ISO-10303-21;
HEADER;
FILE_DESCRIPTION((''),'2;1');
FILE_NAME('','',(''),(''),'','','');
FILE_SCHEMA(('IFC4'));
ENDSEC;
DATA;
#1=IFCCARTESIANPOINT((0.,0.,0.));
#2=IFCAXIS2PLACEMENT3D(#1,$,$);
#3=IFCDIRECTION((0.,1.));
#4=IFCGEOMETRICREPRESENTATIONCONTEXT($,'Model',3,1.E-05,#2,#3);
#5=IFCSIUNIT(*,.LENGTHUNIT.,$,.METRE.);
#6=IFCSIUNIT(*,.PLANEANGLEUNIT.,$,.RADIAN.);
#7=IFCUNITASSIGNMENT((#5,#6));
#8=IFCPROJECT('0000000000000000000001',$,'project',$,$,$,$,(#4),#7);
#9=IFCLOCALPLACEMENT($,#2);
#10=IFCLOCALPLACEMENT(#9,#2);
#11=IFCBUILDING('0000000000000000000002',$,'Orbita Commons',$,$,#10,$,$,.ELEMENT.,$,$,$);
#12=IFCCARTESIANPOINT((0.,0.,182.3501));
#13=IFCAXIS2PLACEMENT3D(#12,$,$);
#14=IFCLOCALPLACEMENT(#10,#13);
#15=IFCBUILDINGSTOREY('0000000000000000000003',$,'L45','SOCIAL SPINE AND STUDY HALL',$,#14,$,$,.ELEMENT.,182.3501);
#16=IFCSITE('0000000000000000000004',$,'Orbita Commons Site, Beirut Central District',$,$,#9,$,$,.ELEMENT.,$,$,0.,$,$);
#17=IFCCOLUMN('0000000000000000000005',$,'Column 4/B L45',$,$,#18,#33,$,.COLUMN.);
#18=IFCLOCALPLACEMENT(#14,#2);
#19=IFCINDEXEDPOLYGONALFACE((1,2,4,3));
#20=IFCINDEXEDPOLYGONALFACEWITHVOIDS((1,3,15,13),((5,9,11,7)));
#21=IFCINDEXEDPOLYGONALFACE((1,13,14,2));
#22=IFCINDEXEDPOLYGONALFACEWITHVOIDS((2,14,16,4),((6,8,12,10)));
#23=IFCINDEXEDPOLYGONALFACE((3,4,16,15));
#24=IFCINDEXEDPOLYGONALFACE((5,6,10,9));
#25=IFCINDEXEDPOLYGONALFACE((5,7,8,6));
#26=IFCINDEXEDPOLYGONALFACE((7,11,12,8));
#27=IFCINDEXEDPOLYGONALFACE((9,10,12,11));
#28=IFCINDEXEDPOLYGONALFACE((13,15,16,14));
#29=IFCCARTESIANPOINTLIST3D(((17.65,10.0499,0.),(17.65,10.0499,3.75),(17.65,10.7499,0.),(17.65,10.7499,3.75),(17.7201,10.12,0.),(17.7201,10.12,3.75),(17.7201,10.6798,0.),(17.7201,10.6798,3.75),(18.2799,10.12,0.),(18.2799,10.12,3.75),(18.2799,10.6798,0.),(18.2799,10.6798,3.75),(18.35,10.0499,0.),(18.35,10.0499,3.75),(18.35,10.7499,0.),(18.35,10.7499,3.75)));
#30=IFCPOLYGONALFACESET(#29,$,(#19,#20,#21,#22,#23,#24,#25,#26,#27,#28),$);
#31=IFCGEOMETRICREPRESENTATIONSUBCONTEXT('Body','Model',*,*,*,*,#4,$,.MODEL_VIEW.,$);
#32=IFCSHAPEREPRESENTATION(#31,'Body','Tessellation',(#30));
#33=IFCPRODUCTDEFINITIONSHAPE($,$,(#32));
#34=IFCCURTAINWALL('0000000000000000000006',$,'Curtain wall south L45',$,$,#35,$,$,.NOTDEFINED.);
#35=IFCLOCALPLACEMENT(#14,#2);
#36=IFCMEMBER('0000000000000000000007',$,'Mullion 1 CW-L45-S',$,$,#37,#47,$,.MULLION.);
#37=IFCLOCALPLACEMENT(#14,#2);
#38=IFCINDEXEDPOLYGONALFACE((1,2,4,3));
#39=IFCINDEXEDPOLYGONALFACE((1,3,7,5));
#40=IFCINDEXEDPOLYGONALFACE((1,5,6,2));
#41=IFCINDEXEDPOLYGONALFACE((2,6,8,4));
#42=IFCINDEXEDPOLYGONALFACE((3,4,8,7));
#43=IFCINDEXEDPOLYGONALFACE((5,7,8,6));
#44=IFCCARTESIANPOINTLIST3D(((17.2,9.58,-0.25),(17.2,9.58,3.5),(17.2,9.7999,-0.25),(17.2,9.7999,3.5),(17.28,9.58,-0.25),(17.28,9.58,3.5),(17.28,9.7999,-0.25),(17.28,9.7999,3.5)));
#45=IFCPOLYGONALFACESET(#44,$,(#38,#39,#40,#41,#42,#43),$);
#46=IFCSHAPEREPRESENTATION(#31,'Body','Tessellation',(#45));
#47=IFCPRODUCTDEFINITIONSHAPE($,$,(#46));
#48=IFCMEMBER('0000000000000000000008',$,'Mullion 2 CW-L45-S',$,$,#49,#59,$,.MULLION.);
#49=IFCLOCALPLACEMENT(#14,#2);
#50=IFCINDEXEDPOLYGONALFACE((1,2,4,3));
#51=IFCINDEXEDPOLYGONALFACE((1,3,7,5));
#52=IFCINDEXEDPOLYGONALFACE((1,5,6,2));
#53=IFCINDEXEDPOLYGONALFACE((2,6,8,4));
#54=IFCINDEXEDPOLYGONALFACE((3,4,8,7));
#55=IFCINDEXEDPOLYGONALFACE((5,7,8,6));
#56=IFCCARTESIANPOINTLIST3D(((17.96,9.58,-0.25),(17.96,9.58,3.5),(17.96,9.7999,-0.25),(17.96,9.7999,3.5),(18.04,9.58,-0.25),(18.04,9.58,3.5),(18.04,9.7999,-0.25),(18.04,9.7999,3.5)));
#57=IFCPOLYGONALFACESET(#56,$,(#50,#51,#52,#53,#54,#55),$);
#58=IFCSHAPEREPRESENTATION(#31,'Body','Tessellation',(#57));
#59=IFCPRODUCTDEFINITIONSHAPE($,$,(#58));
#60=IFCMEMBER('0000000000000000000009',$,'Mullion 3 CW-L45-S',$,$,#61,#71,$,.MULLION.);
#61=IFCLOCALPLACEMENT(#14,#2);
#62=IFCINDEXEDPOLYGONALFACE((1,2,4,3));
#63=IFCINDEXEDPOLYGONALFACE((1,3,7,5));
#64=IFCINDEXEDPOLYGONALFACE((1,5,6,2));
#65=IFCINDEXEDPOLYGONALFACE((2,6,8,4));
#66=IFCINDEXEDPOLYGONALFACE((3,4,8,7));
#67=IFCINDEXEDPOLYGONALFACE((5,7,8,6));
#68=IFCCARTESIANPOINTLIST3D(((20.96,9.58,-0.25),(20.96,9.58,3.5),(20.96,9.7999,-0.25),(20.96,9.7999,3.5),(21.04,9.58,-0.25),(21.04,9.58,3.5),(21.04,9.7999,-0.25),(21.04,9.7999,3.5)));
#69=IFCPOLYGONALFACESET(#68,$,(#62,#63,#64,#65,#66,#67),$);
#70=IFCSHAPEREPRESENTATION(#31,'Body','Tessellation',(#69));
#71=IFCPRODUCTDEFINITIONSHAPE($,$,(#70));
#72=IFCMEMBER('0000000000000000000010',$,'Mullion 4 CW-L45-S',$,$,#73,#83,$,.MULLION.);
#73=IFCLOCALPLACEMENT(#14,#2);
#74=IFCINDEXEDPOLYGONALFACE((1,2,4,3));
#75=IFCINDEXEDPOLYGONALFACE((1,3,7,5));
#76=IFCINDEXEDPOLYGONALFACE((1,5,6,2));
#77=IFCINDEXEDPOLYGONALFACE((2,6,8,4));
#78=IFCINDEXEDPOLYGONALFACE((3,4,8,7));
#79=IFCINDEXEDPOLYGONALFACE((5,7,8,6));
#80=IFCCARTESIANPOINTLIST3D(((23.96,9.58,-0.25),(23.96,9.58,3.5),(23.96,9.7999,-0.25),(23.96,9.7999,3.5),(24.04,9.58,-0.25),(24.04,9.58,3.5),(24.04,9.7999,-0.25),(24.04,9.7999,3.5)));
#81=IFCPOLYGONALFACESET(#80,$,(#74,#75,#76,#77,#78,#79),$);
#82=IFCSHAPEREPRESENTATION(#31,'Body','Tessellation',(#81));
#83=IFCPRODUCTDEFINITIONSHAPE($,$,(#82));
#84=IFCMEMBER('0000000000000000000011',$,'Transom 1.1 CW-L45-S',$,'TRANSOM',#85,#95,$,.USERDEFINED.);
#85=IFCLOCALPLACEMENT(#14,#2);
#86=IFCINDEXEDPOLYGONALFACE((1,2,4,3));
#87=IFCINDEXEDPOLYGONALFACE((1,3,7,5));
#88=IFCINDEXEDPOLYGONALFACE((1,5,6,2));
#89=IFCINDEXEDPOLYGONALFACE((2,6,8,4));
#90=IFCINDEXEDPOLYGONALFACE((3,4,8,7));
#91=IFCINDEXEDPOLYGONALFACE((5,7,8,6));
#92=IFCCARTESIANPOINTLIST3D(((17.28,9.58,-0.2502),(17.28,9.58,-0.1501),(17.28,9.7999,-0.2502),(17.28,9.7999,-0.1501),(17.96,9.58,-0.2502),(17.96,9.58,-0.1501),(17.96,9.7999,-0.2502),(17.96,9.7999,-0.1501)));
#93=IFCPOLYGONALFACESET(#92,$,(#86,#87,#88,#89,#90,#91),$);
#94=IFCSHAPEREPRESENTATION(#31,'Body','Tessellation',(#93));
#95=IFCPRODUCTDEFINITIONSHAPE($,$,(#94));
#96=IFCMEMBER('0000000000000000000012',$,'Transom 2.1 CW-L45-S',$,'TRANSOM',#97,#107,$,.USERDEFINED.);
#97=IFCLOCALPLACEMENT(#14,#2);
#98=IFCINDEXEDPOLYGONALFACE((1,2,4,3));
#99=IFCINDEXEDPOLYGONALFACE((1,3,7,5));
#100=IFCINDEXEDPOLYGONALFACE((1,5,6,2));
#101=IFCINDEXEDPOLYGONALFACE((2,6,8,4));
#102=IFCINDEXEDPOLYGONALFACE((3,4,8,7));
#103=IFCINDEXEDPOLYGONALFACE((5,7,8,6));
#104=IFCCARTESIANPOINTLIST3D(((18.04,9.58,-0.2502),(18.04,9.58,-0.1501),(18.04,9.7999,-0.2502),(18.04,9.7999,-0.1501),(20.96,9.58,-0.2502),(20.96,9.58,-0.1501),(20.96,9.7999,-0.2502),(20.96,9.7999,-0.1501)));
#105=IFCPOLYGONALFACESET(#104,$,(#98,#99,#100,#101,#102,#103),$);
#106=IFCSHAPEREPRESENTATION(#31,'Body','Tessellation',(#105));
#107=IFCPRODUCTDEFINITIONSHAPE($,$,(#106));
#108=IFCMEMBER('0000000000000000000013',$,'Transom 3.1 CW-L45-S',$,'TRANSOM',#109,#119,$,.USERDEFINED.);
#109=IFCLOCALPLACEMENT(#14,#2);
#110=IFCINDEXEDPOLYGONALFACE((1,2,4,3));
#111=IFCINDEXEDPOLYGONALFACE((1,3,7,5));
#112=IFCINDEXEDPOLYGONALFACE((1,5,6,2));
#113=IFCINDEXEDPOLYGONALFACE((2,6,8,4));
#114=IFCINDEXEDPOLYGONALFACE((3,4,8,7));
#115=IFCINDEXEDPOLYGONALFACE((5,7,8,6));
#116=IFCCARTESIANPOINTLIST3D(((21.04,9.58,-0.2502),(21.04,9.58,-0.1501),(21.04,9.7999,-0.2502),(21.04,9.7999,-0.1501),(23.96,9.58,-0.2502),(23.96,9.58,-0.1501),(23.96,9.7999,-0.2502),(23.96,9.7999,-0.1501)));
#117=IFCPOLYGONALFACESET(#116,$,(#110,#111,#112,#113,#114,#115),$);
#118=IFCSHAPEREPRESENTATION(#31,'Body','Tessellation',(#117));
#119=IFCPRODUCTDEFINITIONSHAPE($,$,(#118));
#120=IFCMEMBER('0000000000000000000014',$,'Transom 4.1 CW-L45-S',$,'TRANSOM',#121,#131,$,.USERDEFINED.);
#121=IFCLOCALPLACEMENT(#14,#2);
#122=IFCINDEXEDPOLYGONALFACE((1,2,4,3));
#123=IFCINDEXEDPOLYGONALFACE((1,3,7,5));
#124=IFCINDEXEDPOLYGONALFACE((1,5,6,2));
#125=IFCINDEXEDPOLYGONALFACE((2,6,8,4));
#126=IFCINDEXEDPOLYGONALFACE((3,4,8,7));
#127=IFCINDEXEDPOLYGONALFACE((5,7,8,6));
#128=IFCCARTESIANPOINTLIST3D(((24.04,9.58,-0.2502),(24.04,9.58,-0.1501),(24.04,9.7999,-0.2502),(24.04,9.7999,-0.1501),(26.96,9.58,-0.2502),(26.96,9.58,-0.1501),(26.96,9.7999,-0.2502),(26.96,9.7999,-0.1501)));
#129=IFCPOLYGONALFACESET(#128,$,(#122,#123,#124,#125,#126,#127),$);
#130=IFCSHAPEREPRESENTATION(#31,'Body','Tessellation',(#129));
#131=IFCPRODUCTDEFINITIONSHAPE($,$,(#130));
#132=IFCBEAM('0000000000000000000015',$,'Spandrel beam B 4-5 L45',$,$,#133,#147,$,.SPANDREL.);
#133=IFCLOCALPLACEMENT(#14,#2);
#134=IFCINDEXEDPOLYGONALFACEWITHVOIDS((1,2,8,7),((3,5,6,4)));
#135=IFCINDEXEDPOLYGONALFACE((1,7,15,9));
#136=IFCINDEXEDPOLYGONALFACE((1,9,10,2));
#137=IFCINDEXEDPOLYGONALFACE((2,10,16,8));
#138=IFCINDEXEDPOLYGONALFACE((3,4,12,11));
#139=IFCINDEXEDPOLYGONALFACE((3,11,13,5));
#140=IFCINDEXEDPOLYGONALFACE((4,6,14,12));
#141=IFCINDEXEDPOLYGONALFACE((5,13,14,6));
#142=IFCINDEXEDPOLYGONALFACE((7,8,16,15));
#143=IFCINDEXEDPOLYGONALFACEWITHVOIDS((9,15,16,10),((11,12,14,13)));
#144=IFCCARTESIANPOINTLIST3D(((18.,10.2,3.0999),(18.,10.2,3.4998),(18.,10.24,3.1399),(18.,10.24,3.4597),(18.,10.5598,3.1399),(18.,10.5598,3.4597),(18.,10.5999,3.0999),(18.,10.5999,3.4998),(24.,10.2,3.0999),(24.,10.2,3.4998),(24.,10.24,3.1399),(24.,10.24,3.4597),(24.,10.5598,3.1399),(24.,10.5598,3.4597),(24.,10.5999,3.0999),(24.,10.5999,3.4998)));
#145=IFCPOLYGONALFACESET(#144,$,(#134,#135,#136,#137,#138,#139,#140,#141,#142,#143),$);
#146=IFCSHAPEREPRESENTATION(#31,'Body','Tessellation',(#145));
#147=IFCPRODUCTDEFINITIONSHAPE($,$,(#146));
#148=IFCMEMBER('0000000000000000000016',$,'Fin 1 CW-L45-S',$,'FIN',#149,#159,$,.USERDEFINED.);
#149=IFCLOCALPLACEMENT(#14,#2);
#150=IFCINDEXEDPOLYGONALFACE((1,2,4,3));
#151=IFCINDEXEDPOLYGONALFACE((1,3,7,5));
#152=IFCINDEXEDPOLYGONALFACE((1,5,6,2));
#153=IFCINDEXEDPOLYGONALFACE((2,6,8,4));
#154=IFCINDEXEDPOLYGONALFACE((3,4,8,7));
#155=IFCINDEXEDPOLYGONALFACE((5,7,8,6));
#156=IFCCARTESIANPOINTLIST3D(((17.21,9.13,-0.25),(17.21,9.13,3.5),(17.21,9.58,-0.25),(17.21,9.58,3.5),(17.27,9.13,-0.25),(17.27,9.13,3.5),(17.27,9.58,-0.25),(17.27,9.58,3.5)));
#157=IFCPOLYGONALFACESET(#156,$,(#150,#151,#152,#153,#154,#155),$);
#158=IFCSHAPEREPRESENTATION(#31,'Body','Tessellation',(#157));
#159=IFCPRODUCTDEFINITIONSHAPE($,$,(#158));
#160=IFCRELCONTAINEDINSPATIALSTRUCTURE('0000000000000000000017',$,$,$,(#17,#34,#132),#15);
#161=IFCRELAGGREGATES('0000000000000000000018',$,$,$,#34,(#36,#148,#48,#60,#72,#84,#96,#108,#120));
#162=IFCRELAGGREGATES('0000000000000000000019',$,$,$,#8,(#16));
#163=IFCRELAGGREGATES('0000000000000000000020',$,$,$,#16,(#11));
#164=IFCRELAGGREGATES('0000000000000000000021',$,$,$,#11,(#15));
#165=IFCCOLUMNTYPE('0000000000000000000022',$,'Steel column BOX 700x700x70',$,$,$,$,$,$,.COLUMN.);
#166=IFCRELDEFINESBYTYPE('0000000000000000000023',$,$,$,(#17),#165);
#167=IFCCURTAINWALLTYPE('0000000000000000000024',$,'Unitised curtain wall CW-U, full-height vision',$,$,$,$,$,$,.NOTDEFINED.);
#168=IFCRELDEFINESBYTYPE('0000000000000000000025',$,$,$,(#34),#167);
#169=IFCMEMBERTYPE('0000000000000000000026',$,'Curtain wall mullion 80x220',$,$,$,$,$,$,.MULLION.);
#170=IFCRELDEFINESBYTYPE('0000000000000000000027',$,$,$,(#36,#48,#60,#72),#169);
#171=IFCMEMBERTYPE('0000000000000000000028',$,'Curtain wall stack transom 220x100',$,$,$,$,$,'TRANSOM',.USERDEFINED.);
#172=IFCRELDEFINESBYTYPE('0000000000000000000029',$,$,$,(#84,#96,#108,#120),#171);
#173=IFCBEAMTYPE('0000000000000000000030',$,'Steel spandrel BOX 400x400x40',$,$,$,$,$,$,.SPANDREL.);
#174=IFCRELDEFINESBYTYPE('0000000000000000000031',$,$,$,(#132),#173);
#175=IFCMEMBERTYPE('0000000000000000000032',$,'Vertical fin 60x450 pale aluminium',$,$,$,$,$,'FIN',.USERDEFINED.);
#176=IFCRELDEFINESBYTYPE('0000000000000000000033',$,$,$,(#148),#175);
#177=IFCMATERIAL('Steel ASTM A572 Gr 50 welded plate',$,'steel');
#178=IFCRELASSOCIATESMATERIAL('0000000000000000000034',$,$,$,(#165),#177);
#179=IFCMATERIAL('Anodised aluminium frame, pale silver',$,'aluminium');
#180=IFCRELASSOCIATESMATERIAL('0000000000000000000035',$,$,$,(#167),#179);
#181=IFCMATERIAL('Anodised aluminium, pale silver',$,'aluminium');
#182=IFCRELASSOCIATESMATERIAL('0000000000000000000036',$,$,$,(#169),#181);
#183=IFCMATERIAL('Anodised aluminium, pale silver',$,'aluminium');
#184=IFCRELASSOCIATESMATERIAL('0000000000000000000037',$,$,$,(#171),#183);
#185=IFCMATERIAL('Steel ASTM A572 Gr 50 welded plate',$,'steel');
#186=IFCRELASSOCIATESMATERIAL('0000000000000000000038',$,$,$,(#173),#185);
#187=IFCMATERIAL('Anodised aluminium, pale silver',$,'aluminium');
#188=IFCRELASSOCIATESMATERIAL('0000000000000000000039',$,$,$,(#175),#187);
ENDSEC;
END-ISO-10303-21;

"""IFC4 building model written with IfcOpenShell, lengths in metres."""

from ifc_helpers import new_model, si_unit, direction, frame, origin, origin_2d, place, context, subcontext, project, spatial, rectangle, hollow_rectangle, extrude, material, material_profile, profile_set, type_object, element, aggregate, save


model = new_model("IFC4")

# Units and contexts
model_context = context("Model", 3, precision=1e-05, world=origin(), true_north=direction((0.0, 1.0)))
body_context = subcontext(model_context, "Body", "Model", "MODEL_VIEW")
ifc_project = project(units=[si_unit("LENGTHUNIT", "METRE"), si_unit("PLANEANGLEUNIT", "RADIAN")], contexts=[model_context])

# Site, building, storey
site_placement = place(None, origin())
site = spatial("IfcSite", under=ifc_project, at=site_placement, Name="Orbita Commons Site, Beirut Central District", CompositionType="ELEMENT", RefElevation=0.0)
building_placement = place(site_placement, origin())
building = spatial("IfcBuilding", under=site, at=building_placement, Name="Orbita Commons", CompositionType="ELEMENT")
storey_placement = place(building_placement, frame((0.0, 0.0, 182.3501)))
storey = spatial("IfcBuildingStorey", under=building, at=storey_placement, Name="L45", Description="SOCIAL SPINE AND STUDY HALL", CompositionType="ELEMENT", Elevation=182.3501)

# Column
ifc_material_1 = material(Name="Steel ASTM A572 Gr 50 welded plate", Category="steel")
ifc_material_profile_1 = material_profile(ifc_material_1, hollow_rectangle(XDim=0.7, YDim=0.7, WallThickness=0.0701, at=origin_2d()), Name="BOX 700x700x70")
ifc_profile_set_1 = profile_set([ifc_material_profile_1], Name="Steel ASTM A572 Gr 50 welded plate")
column_type = type_object("IfcColumnType", Name="Steel column BOX 700x700x70", PredefinedType="COLUMN", material=ifc_profile_set_1)
column_placement = place(storey_placement, frame((18.0, 10.3999, 0.0), z_axis=(0.0, 0.0, 1.0), x_axis=(1.0, 0.0, 0.0)))
element("IfcColumn", 1, at=column_placement, inside=storey, type_object=column_type, Name="Column 4/B L45", PredefinedType="COLUMN", context=body_context, shape_type="SweptSolid", body=[
    extrude(hollow_rectangle(XDim=0.7, YDim=0.7, WallThickness=0.0701, at=origin_2d()), origin(), (0.0, 0.0, 1.0), 3.75),
])

# Curtain wall, members
ifc_material_2 = material(Name="Anodised aluminium frame, pale silver", Category="aluminium")
curtain_wall_type = type_object("IfcCurtainWallType", Name="Unitised curtain wall CW-U, full-height vision", PredefinedType="NOTDEFINED", material=ifc_material_2)
curtain_wall_placement = place(storey_placement, origin())
curtain_wall = element("IfcCurtainWall", 2, at=curtain_wall_placement, inside=storey, type_object=curtain_wall_type, Name="Curtain wall south L45", PredefinedType="NOTDEFINED")
ifc_material_3 = material(Name="Anodised aluminium, pale silver", Category="aluminium")
ifc_material_profile_2 = material_profile(ifc_material_3, rectangle(XDim=0.0801, YDim=0.22, at=origin_2d()), Name="AL 80x220")
ifc_profile_set_2 = profile_set([ifc_material_profile_2], Name="Anodised aluminium, pale silver")
member_type_1 = type_object("IfcMemberType", Name="Curtain wall mullion 80x220", PredefinedType="MULLION", material=ifc_profile_set_2)
member_1_placement = place(storey_placement, frame((17.24, 9.6899, -0.25), z_axis=(0.0, 0.0, 1.0), x_axis=(1.0, 0.0, 0.0)))
member_1 = element("IfcMember", 3, at=member_1_placement, type_object=member_type_1, Name="Mullion 1 CW-L45-S", PredefinedType="MULLION", context=body_context, shape_type="SweptSolid", body=[
    extrude(rectangle(XDim=0.0801, YDim=0.22, at=origin_2d()), origin(), (0.0, 0.0, 1.0), 3.75),
])
member_2_placement = place(storey_placement, frame((18.0, 9.6899, -0.25), z_axis=(0.0, 0.0, 1.0), x_axis=(1.0, 0.0, 0.0)))
member_2 = element("IfcMember", 4, at=member_2_placement, type_object=member_type_1, Name="Mullion 2 CW-L45-S", PredefinedType="MULLION", context=body_context, shape_type="SweptSolid", body=[
    extrude(rectangle(XDim=0.0801, YDim=0.22, at=origin_2d()), origin(), (0.0, 0.0, 1.0), 3.75),
])
member_3_placement = place(storey_placement, frame((21.0, 9.6899, -0.25), z_axis=(0.0, 0.0, 1.0), x_axis=(1.0, 0.0, 0.0)))
member_3 = element("IfcMember", 5, at=member_3_placement, type_object=member_type_1, Name="Mullion 3 CW-L45-S", PredefinedType="MULLION", context=body_context, shape_type="SweptSolid", body=[
    extrude(rectangle(XDim=0.0801, YDim=0.22, at=origin_2d()), origin(), (0.0, 0.0, 1.0), 3.75),
])
member_4_placement = place(storey_placement, frame((24.0, 9.6899, -0.25), z_axis=(0.0, 0.0, 1.0), x_axis=(1.0, 0.0, 0.0)))
member_4 = element("IfcMember", 6, at=member_4_placement, type_object=member_type_1, Name="Mullion 4 CW-L45-S", PredefinedType="MULLION", context=body_context, shape_type="SweptSolid", body=[
    extrude(rectangle(XDim=0.0801, YDim=0.22, at=origin_2d()), origin(), (0.0, 0.0, 1.0), 3.75),
])
ifc_material_4 = material(Name="Anodised aluminium, pale silver", Category="aluminium")
ifc_material_profile_3 = material_profile(ifc_material_4, rectangle(XDim=0.22, YDim=0.1001, at=origin_2d()), Name="AL 220x100")
ifc_profile_set_3 = profile_set([ifc_material_profile_3], Name="Anodised aluminium, pale silver")
member_type_2 = type_object("IfcMemberType", Name="Curtain wall stack transom 220x100", ElementType="TRANSOM", PredefinedType="USERDEFINED", material=ifc_profile_set_3)
member_5_placement = place(storey_placement, frame((17.28, 9.6899, -0.2002), z_axis=(1.0, 0.0, 0.0), x_axis=(0.0, 1.0, 0.0)))
member_5 = element("IfcMember", 7, at=member_5_placement, type_object=member_type_2, Name="Transom 1.1 CW-L45-S", ObjectType="TRANSOM", PredefinedType="USERDEFINED", context=body_context, shape_type="SweptSolid", body=[
    extrude(rectangle(XDim=0.22, YDim=0.1001, at=origin_2d()), origin(), (0.0, 0.0, 1.0), 0.6799),
])
member_6_placement = place(storey_placement, frame((18.04, 9.6899, -0.2002), z_axis=(1.0, 0.0, 0.0), x_axis=(0.0, 1.0, 0.0)))
member_6 = element("IfcMember", 8, at=member_6_placement, type_object=member_type_2, Name="Transom 2.1 CW-L45-S", ObjectType="TRANSOM", PredefinedType="USERDEFINED", context=body_context, shape_type="SweptSolid", body=[
    extrude(rectangle(XDim=0.22, YDim=0.1001, at=origin_2d()), origin(), (0.0, 0.0, 1.0), 2.9199),
])
member_7_placement = place(storey_placement, frame((21.04, 9.6899, -0.2002), z_axis=(1.0, 0.0, 0.0), x_axis=(0.0, 1.0, 0.0)))
member_7 = element("IfcMember", 9, at=member_7_placement, type_object=member_type_2, Name="Transom 3.1 CW-L45-S", ObjectType="TRANSOM", PredefinedType="USERDEFINED", context=body_context, shape_type="SweptSolid", body=[
    extrude(rectangle(XDim=0.22, YDim=0.1001, at=origin_2d()), origin(), (0.0, 0.0, 1.0), 2.9199),
])
member_8_placement = place(storey_placement, frame((24.04, 9.6899, -0.2002), z_axis=(1.0, 0.0, 0.0), x_axis=(0.0, 1.0, 0.0)))
member_8 = element("IfcMember", 10, at=member_8_placement, type_object=member_type_2, Name="Transom 4.1 CW-L45-S", ObjectType="TRANSOM", PredefinedType="USERDEFINED", context=body_context, shape_type="SweptSolid", body=[
    extrude(rectangle(XDim=0.22, YDim=0.1001, at=origin_2d()), origin(), (0.0, 0.0, 1.0), 2.9199),
])

# Beam
ifc_material_5 = material(Name="Steel ASTM A572 Gr 50 welded plate", Category="steel")
ifc_material_profile_4 = material_profile(ifc_material_5, hollow_rectangle(XDim=0.3999, YDim=0.3999, WallThickness=0.04, at=origin_2d()), Name="BOX 400x400x40")
ifc_profile_set_4 = profile_set([ifc_material_profile_4], Name="Steel ASTM A572 Gr 50 welded plate")
beam_type = type_object("IfcBeamType", Name="Steel spandrel BOX 400x400x40", PredefinedType="SPANDREL", material=ifc_profile_set_4)
beam_placement = place(storey_placement, frame((18.0, 10.3999, 3.2998), z_axis=(1.0, 0.0, 0.0), x_axis=(0.0, 1.0, 0.0)))
element("IfcBeam", 11, at=beam_placement, inside=storey, type_object=beam_type, Name="Spandrel beam B 4-5 L45", PredefinedType="SPANDREL", context=body_context, shape_type="SweptSolid", body=[
    extrude(hollow_rectangle(XDim=0.3999, YDim=0.3999, WallThickness=0.04, at=origin_2d()), origin(), (0.0, 0.0, 1.0), 6.0),
])

# Member
ifc_material_6 = material(Name="Anodised aluminium, pale silver", Category="aluminium")
ifc_material_profile_5 = material_profile(ifc_material_6, rectangle(XDim=0.0601, YDim=0.45, at=origin_2d()), Name="FIN 60x450")
ifc_profile_set_5 = profile_set([ifc_material_profile_5], Name="Anodised aluminium, pale silver")
member_type_3 = type_object("IfcMemberType", Name="Vertical fin 60x450 pale aluminium", ElementType="FIN", PredefinedType="USERDEFINED", material=ifc_profile_set_5)
member_9_placement = place(storey_placement, frame((17.24, 9.355, -0.25), z_axis=(0.0, 0.0, 1.0), x_axis=(1.0, 0.0, 0.0)))
member_9 = element("IfcMember", 12, at=member_9_placement, type_object=member_type_3, Name="Fin 1 CW-L45-S", ObjectType="FIN", PredefinedType="USERDEFINED", context=body_context, shape_type="SweptSolid", body=[
    extrude(rectangle(XDim=0.0601, YDim=0.45, at=origin_2d()), origin(), (0.0, 0.0, 1.0), 3.75),
])

aggregate(curtain_wall, [member_1, member_9, member_2, member_3, member_4, member_5, member_6, member_7, member_8])

save(model, "model.ifc")
